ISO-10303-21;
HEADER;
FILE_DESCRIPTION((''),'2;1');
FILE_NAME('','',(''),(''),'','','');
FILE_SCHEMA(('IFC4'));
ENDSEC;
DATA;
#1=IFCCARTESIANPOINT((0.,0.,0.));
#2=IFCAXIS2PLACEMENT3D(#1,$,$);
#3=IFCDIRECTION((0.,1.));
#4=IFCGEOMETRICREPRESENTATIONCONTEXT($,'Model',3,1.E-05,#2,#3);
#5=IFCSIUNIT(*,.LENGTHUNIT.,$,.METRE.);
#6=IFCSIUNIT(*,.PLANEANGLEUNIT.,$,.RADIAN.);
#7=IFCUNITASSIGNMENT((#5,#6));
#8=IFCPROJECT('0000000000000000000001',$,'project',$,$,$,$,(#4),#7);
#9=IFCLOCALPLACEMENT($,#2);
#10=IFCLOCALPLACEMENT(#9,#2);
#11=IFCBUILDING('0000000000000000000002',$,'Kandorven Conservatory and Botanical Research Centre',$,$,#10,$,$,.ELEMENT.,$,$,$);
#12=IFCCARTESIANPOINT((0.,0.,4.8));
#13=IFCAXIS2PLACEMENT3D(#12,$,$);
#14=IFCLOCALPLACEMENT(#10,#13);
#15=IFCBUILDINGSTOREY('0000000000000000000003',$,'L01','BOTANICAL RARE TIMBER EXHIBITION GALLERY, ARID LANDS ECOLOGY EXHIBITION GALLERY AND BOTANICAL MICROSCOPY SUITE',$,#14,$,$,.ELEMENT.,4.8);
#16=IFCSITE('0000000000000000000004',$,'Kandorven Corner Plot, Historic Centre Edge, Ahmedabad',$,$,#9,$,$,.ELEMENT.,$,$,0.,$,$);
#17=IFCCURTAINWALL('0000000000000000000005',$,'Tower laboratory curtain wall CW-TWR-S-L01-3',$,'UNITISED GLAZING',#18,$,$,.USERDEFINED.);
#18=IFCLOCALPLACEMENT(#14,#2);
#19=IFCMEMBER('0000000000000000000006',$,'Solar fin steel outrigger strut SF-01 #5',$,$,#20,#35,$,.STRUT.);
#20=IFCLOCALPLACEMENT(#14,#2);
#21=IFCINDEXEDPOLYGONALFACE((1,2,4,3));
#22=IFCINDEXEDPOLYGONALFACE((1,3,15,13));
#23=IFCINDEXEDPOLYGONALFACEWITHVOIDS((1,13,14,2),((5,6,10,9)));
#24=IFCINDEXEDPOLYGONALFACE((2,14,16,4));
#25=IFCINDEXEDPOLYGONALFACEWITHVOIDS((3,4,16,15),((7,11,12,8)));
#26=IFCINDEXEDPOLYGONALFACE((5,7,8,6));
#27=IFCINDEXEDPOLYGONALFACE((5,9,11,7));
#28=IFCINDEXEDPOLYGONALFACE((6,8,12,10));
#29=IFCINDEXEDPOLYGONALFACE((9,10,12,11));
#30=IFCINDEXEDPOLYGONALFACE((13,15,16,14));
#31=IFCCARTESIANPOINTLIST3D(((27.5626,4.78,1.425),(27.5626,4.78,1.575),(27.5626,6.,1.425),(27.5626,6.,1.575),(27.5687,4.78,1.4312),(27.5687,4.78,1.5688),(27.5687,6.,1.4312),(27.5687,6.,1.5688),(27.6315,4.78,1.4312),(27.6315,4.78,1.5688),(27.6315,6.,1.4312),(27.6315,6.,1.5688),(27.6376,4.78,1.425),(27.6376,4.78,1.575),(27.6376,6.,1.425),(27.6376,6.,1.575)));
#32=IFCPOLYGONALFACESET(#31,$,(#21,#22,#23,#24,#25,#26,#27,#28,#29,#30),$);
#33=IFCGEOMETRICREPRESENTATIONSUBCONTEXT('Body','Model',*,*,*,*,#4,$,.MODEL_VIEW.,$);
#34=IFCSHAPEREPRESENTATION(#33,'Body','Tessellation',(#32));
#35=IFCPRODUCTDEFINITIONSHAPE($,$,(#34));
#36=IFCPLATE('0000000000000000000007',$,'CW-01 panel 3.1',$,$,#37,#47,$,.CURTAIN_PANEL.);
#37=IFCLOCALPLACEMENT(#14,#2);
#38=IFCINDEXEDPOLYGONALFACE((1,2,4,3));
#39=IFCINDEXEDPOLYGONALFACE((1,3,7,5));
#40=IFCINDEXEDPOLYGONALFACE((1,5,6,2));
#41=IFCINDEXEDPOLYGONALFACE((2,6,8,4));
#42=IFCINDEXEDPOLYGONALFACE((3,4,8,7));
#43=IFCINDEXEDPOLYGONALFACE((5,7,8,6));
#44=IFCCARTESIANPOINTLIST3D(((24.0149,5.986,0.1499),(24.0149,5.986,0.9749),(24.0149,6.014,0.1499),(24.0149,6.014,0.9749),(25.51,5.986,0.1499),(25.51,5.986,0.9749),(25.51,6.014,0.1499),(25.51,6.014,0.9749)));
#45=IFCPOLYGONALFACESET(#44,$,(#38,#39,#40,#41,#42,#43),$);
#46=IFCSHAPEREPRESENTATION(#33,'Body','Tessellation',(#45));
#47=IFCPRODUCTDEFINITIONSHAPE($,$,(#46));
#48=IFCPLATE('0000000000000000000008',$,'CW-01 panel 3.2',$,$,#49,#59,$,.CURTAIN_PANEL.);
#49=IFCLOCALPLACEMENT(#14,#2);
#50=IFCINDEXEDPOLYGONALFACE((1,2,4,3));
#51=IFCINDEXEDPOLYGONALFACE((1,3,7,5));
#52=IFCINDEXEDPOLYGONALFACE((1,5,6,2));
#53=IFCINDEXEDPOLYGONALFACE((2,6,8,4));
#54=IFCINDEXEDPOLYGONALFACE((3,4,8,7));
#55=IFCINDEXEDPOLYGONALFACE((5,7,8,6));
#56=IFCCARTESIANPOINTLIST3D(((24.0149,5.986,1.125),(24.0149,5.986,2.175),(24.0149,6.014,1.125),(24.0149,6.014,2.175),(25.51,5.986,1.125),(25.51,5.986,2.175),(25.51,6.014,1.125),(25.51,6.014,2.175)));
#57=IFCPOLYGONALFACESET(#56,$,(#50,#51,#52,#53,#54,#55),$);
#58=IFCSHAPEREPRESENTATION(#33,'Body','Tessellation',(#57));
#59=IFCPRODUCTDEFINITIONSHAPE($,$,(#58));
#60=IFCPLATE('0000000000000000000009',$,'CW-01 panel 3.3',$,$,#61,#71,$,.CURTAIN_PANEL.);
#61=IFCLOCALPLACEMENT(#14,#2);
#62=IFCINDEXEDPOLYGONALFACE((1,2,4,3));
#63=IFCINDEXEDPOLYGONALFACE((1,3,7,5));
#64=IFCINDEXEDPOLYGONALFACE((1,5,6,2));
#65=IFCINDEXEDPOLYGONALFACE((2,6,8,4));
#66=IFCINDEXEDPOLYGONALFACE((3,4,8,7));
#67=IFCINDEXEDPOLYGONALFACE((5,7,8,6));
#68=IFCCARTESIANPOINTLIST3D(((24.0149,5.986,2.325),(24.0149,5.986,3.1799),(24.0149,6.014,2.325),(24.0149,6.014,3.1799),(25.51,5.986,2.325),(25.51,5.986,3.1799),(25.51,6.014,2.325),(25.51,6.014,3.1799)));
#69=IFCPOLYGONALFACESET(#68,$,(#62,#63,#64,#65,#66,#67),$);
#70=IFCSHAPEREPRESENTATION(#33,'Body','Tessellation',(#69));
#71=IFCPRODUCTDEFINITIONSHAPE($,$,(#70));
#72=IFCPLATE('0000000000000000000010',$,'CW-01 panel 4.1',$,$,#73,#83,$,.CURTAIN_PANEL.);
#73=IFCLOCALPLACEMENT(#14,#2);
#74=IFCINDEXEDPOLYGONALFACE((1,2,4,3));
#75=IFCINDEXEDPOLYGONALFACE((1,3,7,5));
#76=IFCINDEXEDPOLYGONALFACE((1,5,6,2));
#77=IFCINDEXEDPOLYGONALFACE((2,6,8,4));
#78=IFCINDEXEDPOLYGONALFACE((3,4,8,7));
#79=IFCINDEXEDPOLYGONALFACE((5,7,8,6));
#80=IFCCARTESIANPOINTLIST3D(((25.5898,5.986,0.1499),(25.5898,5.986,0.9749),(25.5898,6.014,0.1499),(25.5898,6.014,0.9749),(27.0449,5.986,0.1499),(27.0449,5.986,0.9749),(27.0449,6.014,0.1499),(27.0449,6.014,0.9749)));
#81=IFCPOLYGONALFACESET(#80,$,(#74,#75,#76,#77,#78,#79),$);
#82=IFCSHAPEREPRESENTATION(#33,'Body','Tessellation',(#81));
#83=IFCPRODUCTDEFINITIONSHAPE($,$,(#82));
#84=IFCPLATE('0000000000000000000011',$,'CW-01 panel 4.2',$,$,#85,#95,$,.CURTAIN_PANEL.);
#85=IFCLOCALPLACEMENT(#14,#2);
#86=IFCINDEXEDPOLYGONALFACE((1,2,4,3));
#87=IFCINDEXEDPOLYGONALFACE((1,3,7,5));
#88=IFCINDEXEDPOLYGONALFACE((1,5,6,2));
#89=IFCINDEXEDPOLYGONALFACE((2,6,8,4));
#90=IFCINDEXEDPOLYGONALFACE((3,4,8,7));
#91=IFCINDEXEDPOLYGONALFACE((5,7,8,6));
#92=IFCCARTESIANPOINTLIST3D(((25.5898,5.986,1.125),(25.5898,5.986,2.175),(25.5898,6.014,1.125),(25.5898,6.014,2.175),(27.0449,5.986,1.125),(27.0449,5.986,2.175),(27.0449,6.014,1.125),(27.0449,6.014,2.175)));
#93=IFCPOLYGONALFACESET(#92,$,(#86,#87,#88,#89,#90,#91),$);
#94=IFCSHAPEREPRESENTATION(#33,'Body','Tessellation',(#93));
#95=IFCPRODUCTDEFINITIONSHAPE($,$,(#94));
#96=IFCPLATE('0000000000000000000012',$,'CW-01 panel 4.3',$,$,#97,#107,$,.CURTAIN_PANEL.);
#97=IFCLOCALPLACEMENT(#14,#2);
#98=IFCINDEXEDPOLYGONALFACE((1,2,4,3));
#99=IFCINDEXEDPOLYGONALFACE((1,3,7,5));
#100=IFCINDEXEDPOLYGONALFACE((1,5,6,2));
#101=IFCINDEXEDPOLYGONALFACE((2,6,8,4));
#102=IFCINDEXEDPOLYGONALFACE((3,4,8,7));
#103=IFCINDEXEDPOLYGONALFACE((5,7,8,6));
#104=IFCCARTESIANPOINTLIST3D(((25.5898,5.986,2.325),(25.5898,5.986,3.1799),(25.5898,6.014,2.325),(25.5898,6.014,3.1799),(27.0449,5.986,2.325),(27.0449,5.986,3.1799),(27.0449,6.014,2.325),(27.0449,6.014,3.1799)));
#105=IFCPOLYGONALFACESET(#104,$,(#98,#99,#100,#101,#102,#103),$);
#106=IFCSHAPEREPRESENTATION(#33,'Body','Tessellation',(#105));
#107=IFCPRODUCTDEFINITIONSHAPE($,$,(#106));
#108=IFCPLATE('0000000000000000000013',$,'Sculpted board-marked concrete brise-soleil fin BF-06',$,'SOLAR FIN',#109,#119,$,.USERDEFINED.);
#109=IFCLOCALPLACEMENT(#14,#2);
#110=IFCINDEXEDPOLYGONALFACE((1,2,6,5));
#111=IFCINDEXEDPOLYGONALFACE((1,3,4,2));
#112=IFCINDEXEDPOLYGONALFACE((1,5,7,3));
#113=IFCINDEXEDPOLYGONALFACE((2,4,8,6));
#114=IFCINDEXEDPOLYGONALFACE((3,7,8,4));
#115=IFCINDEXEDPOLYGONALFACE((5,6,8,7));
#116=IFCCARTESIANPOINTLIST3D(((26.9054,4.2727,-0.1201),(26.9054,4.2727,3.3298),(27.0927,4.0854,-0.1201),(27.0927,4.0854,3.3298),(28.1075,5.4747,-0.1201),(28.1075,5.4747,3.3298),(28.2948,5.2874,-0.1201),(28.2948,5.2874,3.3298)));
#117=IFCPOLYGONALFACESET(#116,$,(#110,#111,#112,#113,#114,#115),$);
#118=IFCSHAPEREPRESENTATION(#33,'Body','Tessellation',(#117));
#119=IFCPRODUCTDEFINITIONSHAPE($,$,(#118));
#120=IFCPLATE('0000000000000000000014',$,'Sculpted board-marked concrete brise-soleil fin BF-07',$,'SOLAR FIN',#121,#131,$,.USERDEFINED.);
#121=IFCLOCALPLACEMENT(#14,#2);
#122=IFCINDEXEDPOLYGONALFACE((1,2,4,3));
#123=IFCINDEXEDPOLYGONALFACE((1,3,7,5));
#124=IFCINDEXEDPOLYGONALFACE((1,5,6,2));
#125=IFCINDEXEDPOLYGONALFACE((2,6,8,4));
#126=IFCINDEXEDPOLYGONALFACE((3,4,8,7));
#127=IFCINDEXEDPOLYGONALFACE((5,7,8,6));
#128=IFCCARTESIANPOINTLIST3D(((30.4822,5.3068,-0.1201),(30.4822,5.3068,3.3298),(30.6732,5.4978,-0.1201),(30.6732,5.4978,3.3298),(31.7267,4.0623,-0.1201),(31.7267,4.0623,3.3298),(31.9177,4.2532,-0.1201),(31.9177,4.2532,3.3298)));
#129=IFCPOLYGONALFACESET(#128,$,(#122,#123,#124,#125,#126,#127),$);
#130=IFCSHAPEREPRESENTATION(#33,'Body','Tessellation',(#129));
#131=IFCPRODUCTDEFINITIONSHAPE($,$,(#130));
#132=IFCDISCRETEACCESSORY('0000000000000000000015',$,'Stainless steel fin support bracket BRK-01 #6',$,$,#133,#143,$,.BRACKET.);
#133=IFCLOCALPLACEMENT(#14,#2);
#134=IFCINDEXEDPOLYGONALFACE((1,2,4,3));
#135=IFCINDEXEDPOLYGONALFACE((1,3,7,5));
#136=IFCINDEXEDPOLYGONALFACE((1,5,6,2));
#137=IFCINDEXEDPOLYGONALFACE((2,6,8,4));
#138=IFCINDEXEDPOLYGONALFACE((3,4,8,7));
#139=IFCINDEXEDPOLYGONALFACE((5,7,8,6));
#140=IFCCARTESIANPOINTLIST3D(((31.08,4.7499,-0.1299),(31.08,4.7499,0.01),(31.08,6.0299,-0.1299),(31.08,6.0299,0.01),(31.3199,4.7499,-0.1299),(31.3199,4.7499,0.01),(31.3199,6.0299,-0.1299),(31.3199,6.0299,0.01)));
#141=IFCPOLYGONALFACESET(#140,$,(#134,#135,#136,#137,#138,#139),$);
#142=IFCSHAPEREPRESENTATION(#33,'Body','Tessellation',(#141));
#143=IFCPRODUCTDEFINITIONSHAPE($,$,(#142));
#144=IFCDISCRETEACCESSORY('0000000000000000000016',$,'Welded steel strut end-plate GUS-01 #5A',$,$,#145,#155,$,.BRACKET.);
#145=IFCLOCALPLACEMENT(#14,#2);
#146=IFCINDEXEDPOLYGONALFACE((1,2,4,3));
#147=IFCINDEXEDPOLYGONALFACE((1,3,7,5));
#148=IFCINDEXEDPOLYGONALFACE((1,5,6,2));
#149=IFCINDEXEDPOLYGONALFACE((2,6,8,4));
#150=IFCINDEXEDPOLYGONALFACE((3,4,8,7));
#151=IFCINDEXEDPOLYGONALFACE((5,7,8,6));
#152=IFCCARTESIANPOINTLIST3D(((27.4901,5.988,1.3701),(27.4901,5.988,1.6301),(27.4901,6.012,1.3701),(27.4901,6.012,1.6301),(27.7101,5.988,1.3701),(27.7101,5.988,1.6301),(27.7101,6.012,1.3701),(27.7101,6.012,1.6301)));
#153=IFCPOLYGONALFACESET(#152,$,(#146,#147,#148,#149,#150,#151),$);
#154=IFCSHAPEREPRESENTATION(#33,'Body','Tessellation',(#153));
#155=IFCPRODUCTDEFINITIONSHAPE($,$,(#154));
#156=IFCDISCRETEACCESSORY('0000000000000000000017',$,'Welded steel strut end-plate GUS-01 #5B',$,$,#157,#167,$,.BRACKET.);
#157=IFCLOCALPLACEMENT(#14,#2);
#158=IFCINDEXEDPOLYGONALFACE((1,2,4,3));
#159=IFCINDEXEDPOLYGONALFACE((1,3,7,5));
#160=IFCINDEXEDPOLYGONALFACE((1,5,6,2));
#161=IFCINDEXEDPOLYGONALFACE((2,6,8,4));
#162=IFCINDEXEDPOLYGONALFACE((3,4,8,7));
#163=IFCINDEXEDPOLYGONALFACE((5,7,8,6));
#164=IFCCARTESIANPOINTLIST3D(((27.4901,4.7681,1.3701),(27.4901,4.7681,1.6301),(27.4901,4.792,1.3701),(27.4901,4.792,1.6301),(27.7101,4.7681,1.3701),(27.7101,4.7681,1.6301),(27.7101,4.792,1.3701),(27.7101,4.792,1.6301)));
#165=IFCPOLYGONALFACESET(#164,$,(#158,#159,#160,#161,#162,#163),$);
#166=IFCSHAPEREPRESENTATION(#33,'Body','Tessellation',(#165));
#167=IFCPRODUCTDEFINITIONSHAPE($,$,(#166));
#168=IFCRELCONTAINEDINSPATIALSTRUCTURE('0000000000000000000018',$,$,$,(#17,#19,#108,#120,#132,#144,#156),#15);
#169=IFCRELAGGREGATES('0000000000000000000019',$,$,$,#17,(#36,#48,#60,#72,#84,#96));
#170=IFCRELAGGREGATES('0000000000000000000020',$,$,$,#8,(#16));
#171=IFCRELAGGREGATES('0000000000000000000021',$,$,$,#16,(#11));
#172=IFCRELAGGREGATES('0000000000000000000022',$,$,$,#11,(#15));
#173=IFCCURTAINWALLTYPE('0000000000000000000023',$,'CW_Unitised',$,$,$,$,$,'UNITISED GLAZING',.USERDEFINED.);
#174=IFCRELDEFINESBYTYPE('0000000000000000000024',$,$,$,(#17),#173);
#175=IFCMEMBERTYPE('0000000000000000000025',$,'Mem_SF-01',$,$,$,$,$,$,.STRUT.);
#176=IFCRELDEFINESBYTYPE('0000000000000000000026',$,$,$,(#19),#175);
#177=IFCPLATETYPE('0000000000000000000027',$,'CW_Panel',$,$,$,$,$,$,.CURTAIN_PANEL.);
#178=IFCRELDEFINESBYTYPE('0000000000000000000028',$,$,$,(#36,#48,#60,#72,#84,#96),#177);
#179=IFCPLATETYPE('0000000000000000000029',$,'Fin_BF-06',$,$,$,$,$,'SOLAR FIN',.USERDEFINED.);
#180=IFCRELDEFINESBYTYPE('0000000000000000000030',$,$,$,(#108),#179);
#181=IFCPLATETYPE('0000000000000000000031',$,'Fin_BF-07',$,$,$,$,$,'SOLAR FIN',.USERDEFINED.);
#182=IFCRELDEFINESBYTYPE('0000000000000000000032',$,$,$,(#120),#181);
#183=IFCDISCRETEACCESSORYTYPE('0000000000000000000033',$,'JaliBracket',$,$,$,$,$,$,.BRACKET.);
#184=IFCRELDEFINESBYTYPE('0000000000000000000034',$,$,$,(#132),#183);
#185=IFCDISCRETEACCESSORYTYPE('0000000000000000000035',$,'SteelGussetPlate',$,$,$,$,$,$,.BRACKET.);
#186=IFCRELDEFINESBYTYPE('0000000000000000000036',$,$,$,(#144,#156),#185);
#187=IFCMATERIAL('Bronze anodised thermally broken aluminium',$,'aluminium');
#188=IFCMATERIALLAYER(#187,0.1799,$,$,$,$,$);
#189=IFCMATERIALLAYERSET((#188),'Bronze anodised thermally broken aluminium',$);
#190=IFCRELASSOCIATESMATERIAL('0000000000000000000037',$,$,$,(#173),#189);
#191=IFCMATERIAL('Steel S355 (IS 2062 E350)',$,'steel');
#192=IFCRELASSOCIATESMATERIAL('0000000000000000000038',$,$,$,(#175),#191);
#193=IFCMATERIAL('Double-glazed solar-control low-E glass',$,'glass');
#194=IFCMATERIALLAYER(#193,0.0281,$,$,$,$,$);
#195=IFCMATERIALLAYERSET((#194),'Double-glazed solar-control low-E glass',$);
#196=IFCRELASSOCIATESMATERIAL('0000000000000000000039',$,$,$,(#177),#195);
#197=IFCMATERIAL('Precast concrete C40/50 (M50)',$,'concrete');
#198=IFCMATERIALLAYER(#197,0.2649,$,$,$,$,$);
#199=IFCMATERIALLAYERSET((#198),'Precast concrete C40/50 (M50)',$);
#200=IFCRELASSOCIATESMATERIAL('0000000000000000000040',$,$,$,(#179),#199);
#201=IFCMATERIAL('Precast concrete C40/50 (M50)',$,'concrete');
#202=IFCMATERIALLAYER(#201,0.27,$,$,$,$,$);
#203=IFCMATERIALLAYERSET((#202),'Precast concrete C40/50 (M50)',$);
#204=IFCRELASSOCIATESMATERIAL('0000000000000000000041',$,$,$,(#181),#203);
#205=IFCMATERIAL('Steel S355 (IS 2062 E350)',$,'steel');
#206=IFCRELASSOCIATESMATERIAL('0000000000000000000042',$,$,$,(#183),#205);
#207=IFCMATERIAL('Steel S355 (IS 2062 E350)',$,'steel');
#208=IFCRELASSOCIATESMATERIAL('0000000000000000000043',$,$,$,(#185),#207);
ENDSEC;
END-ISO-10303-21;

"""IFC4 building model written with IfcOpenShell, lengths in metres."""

from ifc_helpers import new_model, si_unit, direction, frame, origin, origin_2d, place, context, subcontext, project, spatial, rectangle, hollow_rectangle, extrude, material, layer, layer_set, material_profile, profile_set, type_object, element, aggregate, save


model = new_model("IFC4")

# Units and contexts
model_context = context("Model", 3, precision=1e-05, world=origin(), true_north=direction((0.0, 1.0)))
body_context = subcontext(model_context, "Body", "Model", "MODEL_VIEW")
ifc_project = project(units=[si_unit("LENGTHUNIT", "METRE"), si_unit("PLANEANGLEUNIT", "RADIAN")], contexts=[model_context])

# Site, building, storey
site_placement = place(None, origin())
site = spatial("IfcSite", under=ifc_project, at=site_placement, Name="Kandorven Corner Plot, Historic Centre Edge, Ahmedabad", CompositionType="ELEMENT", RefElevation=0.0)
building_placement = place(site_placement, origin())
building = spatial("IfcBuilding", under=site, at=building_placement, Name="Kandorven Conservatory and Botanical Research Centre", CompositionType="ELEMENT")
storey_placement = place(building_placement, frame((0.0, 0.0, 4.8)))
storey = spatial("IfcBuildingStorey", under=building, at=storey_placement, Name="L01", Description="BOTANICAL RARE TIMBER EXHIBITION GALLERY, ARID LANDS ECOLOGY EXHIBITION GALLERY AND BOTANICAL MICROSCOPY SUITE", CompositionType="ELEMENT", Elevation=4.8)

# Curtain wall
ifc_material_1 = material(Name="Bronze anodised thermally broken aluminium", Category="aluminium")
ifc_layer_1 = layer(ifc_material_1, 0.1799)
ifc_layer_set_1 = layer_set([ifc_layer_1], Name="Bronze anodised thermally broken aluminium")
curtain_wall_type = type_object("IfcCurtainWallType", Name="CW_Unitised", ElementType="UNITISED GLAZING", PredefinedType="USERDEFINED", material=ifc_layer_set_1)
curtain_wall_1_placement = place(storey_placement, origin())
curtain_wall_1 = element("IfcCurtainWall", 1, at=curtain_wall_1_placement, inside=storey, type_object=curtain_wall_type, Name="Tower laboratory curtain wall CW-TWR-S-L01-3", ObjectType="UNITISED GLAZING", PredefinedType="USERDEFINED")

# Member
ifc_material_2 = material(Name="Steel S355 (IS 2062 E350)", Category="steel")
ifc_material_profile_1 = material_profile(ifc_material_2, hollow_rectangle(XDim=0.075, YDim=0.1499, WallThickness=0.0061, at=origin_2d()))
ifc_profile_set_1 = profile_set([ifc_material_profile_1], Name="Steel S355 (IS 2062 E350)")
member_type_1 = type_object("IfcMemberType", Name="Mem_SF-01", PredefinedType="STRUT", material=ifc_profile_set_1)
member_1_placement = place(storey_placement, frame((27.6001, 6.0, 1.5), z_axis=(0.0, -1.0, 0.0), x_axis=(1.0, 0.0, 0.0)))
element("IfcMember", 2, at=member_1_placement, inside=storey, type_object=member_type_1, Name="Solar fin steel outrigger strut SF-01 #5", PredefinedType="STRUT", context=body_context, shape_type="SweptSolid", body=[
    extrude(hollow_rectangle(XDim=0.075, YDim=0.1499, WallThickness=0.0061, at=origin_2d()), origin(), (0.0, 0.0, 1.0), 1.22),
])

# Plates
ifc_material_3 = material(Name="Double-glazed solar-control low-E glass", Category="glass")
ifc_layer_2 = layer(ifc_material_3, 0.0281)
ifc_layer_set_2 = layer_set([ifc_layer_2], Name="Double-glazed solar-control low-E glass")
plate_type_1 = type_object("IfcPlateType", Name="CW_Panel", PredefinedType="CURTAIN_PANEL", material=ifc_layer_set_2)
plate_1_placement = place(storey_placement, frame((24.7625, 6.0, 0.1499), z_axis=(0.0, 0.0, 1.0), x_axis=(1.0, 0.0, 0.0)))
plate_1 = element("IfcPlate", 3, at=plate_1_placement, type_object=plate_type_1, Name="CW-01 panel 3.1", PredefinedType="CURTAIN_PANEL", context=body_context, shape_type="SweptSolid", body=[
    extrude(rectangle(XDim=1.4951, YDim=0.0281, at=origin_2d()), origin(), (0.0, 0.0, 1.0), 0.825),
])
plate_2_placement = place(storey_placement, frame((24.7625, 6.0, 1.125), z_axis=(0.0, 0.0, 1.0), x_axis=(1.0, 0.0, 0.0)))
plate_2 = element("IfcPlate", 4, at=plate_2_placement, type_object=plate_type_1, Name="CW-01 panel 3.2", PredefinedType="CURTAIN_PANEL", context=body_context, shape_type="SweptSolid", body=[
    extrude(rectangle(XDim=1.4951, YDim=0.0281, at=origin_2d()), origin(), (0.0, 0.0, 1.0), 1.05),
])
plate_3_placement = place(storey_placement, frame((24.7625, 6.0, 2.325), z_axis=(0.0, 0.0, 1.0), x_axis=(1.0, 0.0, 0.0)))
plate_3 = element("IfcPlate", 5, at=plate_3_placement, type_object=plate_type_1, Name="CW-01 panel 3.3", PredefinedType="CURTAIN_PANEL", context=body_context, shape_type="SweptSolid", body=[
    extrude(rectangle(XDim=1.4951, YDim=0.0281, at=origin_2d()), origin(), (0.0, 0.0, 1.0), 0.855),
])
plate_4_placement = place(storey_placement, frame((26.3174, 6.0, 0.1499), z_axis=(0.0, 0.0, 1.0), x_axis=(1.0, 0.0, 0.0)))
plate_4 = element("IfcPlate", 6, at=plate_4_placement, type_object=plate_type_1, Name="CW-01 panel 4.1", PredefinedType="CURTAIN_PANEL", context=body_context, shape_type="SweptSolid", body=[
    extrude(rectangle(XDim=1.4551, YDim=0.0281, at=origin_2d()), origin(), (0.0, 0.0, 1.0), 0.825),
])
plate_5_placement = place(storey_placement, frame((26.3174, 6.0, 1.125), z_axis=(0.0, 0.0, 1.0), x_axis=(1.0, 0.0, 0.0)))
plate_5 = element("IfcPlate", 7, at=plate_5_placement, type_object=plate_type_1, Name="CW-01 panel 4.2", PredefinedType="CURTAIN_PANEL", context=body_context, shape_type="SweptSolid", body=[
    extrude(rectangle(XDim=1.4551, YDim=0.0281, at=origin_2d()), origin(), (0.0, 0.0, 1.0), 1.05),
])
plate_6_placement = place(storey_placement, frame((26.3174, 6.0, 2.325), z_axis=(0.0, 0.0, 1.0), x_axis=(1.0, 0.0, 0.0)))
plate_6 = element("IfcPlate", 8, at=plate_6_placement, type_object=plate_type_1, Name="CW-01 panel 4.3", PredefinedType="CURTAIN_PANEL", context=body_context, shape_type="SweptSolid", body=[
    extrude(rectangle(XDim=1.4551, YDim=0.0281, at=origin_2d()), origin(), (0.0, 0.0, 1.0), 0.855),
])
aggregate(curtain_wall_1, [plate_1, plate_2, plate_3, plate_4, plate_5, plate_6])

# Plates
ifc_material_4 = material(Name="Precast concrete C40/50 (M50)", Category="concrete")
ifc_layer_3 = layer(ifc_material_4, 0.2649)
ifc_layer_set_3 = layer_set([ifc_layer_3], Name="Precast concrete C40/50 (M50)")
plate_type_2 = type_object("IfcPlateType", Name="Fin_BF-06", ElementType="SOLAR FIN", PredefinedType="USERDEFINED", material=ifc_layer_set_3)
plate_7_placement = place(storey_placement, frame((27.6001, 4.78, -0.1201), z_axis=(0.0, 0.0, 1.0), x_axis=(0.707107, 0.707107, 0.0)))
element("IfcPlate", 9, at=plate_7_placement, inside=storey, type_object=plate_type_2, Name="Sculpted board-marked concrete brise-soleil fin BF-06", ObjectType="SOLAR FIN", PredefinedType="USERDEFINED", context=body_context, shape_type="SweptSolid", body=[
    extrude(rectangle(XDim=1.7, YDim=0.2649, at=origin_2d()), origin(), (0.0, 0.0, 1.0), 3.45),
])
ifc_material_5 = material(Name="Precast concrete C40/50 (M50)", Category="concrete")
ifc_layer_4 = layer(ifc_material_5, 0.27)
ifc_layer_set_4 = layer_set([ifc_layer_4], Name="Precast concrete C40/50 (M50)")
plate_type_3 = type_object("IfcPlateType", Name="Fin_BF-07", ElementType="SOLAR FIN", PredefinedType="USERDEFINED", material=ifc_layer_set_4)
plate_8_placement = place(storey_placement, frame((31.2, 4.78, -0.1201), z_axis=(0.0, 0.0, 1.0), x_axis=(-0.707107, 0.707107, 0.0)))
element("IfcPlate", 10, at=plate_8_placement, inside=storey, type_object=plate_type_3, Name="Sculpted board-marked concrete brise-soleil fin BF-07", ObjectType="SOLAR FIN", PredefinedType="USERDEFINED", context=body_context, shape_type="SweptSolid", body=[
    extrude(rectangle(XDim=1.76, YDim=0.27, at=origin_2d()), origin(), (0.0, 0.0, 1.0), 3.45),
])

# Discrete accessories
ifc_material_6 = material(Name="Steel S355 (IS 2062 E350)", Category="steel")
discrete_accessory_type_1 = type_object("IfcDiscreteAccessoryType", Name="JaliBracket", PredefinedType="BRACKET", material=ifc_material_6)
discrete_accessory_placement = place(storey_placement, frame((31.2, 5.3899, -0.1299), z_axis=(0.0, 0.0, 1.0), x_axis=(1.0, 0.0, 0.0)))
element("IfcDiscreteAccessory", 11, at=discrete_accessory_placement, inside=storey, type_object=discrete_accessory_type_1, Name="Stainless steel fin support bracket BRK-01 #6", PredefinedType="BRACKET", context=body_context, shape_type="SweptSolid", body=[
    extrude(rectangle(XDim=0.24, YDim=1.28, at=origin_2d()), origin(), (0.0, 0.0, 1.0), 0.1399),
])
ifc_material_7 = material(Name="Steel S355 (IS 2062 E350)", Category="steel")
discrete_accessory_type_2 = type_object("IfcDiscreteAccessoryType", Name="SteelGussetPlate", PredefinedType="BRACKET", material=ifc_material_7)
for number, where, z_axis, x_axis, name in (
    (12, (27.6001, 6.0, 1.3701), (0.0, 0.0, 1.0), (1.0, 0.0, 0.0), "Welded steel strut end-plate GUS-01 #5A"),
    (13, (27.6001, 4.78, 1.3701), (0.0, 0.0, 1.0), (1.0, 0.0, 0.0), "Welded steel strut end-plate GUS-01 #5B"),
):
    element("IfcDiscreteAccessory", number, at=place(storey_placement, frame(where, z_axis=z_axis, x_axis=x_axis)), inside=storey, type_object=discrete_accessory_type_2, Name=name, PredefinedType="BRACKET", context=body_context, shape_type="SweptSolid", body=[
        extrude(rectangle(XDim=0.22, YDim=0.0239, at=origin_2d()), origin(), (0.0, 0.0, 1.0), 0.26),
    ])

save(model, "model.ifc")
